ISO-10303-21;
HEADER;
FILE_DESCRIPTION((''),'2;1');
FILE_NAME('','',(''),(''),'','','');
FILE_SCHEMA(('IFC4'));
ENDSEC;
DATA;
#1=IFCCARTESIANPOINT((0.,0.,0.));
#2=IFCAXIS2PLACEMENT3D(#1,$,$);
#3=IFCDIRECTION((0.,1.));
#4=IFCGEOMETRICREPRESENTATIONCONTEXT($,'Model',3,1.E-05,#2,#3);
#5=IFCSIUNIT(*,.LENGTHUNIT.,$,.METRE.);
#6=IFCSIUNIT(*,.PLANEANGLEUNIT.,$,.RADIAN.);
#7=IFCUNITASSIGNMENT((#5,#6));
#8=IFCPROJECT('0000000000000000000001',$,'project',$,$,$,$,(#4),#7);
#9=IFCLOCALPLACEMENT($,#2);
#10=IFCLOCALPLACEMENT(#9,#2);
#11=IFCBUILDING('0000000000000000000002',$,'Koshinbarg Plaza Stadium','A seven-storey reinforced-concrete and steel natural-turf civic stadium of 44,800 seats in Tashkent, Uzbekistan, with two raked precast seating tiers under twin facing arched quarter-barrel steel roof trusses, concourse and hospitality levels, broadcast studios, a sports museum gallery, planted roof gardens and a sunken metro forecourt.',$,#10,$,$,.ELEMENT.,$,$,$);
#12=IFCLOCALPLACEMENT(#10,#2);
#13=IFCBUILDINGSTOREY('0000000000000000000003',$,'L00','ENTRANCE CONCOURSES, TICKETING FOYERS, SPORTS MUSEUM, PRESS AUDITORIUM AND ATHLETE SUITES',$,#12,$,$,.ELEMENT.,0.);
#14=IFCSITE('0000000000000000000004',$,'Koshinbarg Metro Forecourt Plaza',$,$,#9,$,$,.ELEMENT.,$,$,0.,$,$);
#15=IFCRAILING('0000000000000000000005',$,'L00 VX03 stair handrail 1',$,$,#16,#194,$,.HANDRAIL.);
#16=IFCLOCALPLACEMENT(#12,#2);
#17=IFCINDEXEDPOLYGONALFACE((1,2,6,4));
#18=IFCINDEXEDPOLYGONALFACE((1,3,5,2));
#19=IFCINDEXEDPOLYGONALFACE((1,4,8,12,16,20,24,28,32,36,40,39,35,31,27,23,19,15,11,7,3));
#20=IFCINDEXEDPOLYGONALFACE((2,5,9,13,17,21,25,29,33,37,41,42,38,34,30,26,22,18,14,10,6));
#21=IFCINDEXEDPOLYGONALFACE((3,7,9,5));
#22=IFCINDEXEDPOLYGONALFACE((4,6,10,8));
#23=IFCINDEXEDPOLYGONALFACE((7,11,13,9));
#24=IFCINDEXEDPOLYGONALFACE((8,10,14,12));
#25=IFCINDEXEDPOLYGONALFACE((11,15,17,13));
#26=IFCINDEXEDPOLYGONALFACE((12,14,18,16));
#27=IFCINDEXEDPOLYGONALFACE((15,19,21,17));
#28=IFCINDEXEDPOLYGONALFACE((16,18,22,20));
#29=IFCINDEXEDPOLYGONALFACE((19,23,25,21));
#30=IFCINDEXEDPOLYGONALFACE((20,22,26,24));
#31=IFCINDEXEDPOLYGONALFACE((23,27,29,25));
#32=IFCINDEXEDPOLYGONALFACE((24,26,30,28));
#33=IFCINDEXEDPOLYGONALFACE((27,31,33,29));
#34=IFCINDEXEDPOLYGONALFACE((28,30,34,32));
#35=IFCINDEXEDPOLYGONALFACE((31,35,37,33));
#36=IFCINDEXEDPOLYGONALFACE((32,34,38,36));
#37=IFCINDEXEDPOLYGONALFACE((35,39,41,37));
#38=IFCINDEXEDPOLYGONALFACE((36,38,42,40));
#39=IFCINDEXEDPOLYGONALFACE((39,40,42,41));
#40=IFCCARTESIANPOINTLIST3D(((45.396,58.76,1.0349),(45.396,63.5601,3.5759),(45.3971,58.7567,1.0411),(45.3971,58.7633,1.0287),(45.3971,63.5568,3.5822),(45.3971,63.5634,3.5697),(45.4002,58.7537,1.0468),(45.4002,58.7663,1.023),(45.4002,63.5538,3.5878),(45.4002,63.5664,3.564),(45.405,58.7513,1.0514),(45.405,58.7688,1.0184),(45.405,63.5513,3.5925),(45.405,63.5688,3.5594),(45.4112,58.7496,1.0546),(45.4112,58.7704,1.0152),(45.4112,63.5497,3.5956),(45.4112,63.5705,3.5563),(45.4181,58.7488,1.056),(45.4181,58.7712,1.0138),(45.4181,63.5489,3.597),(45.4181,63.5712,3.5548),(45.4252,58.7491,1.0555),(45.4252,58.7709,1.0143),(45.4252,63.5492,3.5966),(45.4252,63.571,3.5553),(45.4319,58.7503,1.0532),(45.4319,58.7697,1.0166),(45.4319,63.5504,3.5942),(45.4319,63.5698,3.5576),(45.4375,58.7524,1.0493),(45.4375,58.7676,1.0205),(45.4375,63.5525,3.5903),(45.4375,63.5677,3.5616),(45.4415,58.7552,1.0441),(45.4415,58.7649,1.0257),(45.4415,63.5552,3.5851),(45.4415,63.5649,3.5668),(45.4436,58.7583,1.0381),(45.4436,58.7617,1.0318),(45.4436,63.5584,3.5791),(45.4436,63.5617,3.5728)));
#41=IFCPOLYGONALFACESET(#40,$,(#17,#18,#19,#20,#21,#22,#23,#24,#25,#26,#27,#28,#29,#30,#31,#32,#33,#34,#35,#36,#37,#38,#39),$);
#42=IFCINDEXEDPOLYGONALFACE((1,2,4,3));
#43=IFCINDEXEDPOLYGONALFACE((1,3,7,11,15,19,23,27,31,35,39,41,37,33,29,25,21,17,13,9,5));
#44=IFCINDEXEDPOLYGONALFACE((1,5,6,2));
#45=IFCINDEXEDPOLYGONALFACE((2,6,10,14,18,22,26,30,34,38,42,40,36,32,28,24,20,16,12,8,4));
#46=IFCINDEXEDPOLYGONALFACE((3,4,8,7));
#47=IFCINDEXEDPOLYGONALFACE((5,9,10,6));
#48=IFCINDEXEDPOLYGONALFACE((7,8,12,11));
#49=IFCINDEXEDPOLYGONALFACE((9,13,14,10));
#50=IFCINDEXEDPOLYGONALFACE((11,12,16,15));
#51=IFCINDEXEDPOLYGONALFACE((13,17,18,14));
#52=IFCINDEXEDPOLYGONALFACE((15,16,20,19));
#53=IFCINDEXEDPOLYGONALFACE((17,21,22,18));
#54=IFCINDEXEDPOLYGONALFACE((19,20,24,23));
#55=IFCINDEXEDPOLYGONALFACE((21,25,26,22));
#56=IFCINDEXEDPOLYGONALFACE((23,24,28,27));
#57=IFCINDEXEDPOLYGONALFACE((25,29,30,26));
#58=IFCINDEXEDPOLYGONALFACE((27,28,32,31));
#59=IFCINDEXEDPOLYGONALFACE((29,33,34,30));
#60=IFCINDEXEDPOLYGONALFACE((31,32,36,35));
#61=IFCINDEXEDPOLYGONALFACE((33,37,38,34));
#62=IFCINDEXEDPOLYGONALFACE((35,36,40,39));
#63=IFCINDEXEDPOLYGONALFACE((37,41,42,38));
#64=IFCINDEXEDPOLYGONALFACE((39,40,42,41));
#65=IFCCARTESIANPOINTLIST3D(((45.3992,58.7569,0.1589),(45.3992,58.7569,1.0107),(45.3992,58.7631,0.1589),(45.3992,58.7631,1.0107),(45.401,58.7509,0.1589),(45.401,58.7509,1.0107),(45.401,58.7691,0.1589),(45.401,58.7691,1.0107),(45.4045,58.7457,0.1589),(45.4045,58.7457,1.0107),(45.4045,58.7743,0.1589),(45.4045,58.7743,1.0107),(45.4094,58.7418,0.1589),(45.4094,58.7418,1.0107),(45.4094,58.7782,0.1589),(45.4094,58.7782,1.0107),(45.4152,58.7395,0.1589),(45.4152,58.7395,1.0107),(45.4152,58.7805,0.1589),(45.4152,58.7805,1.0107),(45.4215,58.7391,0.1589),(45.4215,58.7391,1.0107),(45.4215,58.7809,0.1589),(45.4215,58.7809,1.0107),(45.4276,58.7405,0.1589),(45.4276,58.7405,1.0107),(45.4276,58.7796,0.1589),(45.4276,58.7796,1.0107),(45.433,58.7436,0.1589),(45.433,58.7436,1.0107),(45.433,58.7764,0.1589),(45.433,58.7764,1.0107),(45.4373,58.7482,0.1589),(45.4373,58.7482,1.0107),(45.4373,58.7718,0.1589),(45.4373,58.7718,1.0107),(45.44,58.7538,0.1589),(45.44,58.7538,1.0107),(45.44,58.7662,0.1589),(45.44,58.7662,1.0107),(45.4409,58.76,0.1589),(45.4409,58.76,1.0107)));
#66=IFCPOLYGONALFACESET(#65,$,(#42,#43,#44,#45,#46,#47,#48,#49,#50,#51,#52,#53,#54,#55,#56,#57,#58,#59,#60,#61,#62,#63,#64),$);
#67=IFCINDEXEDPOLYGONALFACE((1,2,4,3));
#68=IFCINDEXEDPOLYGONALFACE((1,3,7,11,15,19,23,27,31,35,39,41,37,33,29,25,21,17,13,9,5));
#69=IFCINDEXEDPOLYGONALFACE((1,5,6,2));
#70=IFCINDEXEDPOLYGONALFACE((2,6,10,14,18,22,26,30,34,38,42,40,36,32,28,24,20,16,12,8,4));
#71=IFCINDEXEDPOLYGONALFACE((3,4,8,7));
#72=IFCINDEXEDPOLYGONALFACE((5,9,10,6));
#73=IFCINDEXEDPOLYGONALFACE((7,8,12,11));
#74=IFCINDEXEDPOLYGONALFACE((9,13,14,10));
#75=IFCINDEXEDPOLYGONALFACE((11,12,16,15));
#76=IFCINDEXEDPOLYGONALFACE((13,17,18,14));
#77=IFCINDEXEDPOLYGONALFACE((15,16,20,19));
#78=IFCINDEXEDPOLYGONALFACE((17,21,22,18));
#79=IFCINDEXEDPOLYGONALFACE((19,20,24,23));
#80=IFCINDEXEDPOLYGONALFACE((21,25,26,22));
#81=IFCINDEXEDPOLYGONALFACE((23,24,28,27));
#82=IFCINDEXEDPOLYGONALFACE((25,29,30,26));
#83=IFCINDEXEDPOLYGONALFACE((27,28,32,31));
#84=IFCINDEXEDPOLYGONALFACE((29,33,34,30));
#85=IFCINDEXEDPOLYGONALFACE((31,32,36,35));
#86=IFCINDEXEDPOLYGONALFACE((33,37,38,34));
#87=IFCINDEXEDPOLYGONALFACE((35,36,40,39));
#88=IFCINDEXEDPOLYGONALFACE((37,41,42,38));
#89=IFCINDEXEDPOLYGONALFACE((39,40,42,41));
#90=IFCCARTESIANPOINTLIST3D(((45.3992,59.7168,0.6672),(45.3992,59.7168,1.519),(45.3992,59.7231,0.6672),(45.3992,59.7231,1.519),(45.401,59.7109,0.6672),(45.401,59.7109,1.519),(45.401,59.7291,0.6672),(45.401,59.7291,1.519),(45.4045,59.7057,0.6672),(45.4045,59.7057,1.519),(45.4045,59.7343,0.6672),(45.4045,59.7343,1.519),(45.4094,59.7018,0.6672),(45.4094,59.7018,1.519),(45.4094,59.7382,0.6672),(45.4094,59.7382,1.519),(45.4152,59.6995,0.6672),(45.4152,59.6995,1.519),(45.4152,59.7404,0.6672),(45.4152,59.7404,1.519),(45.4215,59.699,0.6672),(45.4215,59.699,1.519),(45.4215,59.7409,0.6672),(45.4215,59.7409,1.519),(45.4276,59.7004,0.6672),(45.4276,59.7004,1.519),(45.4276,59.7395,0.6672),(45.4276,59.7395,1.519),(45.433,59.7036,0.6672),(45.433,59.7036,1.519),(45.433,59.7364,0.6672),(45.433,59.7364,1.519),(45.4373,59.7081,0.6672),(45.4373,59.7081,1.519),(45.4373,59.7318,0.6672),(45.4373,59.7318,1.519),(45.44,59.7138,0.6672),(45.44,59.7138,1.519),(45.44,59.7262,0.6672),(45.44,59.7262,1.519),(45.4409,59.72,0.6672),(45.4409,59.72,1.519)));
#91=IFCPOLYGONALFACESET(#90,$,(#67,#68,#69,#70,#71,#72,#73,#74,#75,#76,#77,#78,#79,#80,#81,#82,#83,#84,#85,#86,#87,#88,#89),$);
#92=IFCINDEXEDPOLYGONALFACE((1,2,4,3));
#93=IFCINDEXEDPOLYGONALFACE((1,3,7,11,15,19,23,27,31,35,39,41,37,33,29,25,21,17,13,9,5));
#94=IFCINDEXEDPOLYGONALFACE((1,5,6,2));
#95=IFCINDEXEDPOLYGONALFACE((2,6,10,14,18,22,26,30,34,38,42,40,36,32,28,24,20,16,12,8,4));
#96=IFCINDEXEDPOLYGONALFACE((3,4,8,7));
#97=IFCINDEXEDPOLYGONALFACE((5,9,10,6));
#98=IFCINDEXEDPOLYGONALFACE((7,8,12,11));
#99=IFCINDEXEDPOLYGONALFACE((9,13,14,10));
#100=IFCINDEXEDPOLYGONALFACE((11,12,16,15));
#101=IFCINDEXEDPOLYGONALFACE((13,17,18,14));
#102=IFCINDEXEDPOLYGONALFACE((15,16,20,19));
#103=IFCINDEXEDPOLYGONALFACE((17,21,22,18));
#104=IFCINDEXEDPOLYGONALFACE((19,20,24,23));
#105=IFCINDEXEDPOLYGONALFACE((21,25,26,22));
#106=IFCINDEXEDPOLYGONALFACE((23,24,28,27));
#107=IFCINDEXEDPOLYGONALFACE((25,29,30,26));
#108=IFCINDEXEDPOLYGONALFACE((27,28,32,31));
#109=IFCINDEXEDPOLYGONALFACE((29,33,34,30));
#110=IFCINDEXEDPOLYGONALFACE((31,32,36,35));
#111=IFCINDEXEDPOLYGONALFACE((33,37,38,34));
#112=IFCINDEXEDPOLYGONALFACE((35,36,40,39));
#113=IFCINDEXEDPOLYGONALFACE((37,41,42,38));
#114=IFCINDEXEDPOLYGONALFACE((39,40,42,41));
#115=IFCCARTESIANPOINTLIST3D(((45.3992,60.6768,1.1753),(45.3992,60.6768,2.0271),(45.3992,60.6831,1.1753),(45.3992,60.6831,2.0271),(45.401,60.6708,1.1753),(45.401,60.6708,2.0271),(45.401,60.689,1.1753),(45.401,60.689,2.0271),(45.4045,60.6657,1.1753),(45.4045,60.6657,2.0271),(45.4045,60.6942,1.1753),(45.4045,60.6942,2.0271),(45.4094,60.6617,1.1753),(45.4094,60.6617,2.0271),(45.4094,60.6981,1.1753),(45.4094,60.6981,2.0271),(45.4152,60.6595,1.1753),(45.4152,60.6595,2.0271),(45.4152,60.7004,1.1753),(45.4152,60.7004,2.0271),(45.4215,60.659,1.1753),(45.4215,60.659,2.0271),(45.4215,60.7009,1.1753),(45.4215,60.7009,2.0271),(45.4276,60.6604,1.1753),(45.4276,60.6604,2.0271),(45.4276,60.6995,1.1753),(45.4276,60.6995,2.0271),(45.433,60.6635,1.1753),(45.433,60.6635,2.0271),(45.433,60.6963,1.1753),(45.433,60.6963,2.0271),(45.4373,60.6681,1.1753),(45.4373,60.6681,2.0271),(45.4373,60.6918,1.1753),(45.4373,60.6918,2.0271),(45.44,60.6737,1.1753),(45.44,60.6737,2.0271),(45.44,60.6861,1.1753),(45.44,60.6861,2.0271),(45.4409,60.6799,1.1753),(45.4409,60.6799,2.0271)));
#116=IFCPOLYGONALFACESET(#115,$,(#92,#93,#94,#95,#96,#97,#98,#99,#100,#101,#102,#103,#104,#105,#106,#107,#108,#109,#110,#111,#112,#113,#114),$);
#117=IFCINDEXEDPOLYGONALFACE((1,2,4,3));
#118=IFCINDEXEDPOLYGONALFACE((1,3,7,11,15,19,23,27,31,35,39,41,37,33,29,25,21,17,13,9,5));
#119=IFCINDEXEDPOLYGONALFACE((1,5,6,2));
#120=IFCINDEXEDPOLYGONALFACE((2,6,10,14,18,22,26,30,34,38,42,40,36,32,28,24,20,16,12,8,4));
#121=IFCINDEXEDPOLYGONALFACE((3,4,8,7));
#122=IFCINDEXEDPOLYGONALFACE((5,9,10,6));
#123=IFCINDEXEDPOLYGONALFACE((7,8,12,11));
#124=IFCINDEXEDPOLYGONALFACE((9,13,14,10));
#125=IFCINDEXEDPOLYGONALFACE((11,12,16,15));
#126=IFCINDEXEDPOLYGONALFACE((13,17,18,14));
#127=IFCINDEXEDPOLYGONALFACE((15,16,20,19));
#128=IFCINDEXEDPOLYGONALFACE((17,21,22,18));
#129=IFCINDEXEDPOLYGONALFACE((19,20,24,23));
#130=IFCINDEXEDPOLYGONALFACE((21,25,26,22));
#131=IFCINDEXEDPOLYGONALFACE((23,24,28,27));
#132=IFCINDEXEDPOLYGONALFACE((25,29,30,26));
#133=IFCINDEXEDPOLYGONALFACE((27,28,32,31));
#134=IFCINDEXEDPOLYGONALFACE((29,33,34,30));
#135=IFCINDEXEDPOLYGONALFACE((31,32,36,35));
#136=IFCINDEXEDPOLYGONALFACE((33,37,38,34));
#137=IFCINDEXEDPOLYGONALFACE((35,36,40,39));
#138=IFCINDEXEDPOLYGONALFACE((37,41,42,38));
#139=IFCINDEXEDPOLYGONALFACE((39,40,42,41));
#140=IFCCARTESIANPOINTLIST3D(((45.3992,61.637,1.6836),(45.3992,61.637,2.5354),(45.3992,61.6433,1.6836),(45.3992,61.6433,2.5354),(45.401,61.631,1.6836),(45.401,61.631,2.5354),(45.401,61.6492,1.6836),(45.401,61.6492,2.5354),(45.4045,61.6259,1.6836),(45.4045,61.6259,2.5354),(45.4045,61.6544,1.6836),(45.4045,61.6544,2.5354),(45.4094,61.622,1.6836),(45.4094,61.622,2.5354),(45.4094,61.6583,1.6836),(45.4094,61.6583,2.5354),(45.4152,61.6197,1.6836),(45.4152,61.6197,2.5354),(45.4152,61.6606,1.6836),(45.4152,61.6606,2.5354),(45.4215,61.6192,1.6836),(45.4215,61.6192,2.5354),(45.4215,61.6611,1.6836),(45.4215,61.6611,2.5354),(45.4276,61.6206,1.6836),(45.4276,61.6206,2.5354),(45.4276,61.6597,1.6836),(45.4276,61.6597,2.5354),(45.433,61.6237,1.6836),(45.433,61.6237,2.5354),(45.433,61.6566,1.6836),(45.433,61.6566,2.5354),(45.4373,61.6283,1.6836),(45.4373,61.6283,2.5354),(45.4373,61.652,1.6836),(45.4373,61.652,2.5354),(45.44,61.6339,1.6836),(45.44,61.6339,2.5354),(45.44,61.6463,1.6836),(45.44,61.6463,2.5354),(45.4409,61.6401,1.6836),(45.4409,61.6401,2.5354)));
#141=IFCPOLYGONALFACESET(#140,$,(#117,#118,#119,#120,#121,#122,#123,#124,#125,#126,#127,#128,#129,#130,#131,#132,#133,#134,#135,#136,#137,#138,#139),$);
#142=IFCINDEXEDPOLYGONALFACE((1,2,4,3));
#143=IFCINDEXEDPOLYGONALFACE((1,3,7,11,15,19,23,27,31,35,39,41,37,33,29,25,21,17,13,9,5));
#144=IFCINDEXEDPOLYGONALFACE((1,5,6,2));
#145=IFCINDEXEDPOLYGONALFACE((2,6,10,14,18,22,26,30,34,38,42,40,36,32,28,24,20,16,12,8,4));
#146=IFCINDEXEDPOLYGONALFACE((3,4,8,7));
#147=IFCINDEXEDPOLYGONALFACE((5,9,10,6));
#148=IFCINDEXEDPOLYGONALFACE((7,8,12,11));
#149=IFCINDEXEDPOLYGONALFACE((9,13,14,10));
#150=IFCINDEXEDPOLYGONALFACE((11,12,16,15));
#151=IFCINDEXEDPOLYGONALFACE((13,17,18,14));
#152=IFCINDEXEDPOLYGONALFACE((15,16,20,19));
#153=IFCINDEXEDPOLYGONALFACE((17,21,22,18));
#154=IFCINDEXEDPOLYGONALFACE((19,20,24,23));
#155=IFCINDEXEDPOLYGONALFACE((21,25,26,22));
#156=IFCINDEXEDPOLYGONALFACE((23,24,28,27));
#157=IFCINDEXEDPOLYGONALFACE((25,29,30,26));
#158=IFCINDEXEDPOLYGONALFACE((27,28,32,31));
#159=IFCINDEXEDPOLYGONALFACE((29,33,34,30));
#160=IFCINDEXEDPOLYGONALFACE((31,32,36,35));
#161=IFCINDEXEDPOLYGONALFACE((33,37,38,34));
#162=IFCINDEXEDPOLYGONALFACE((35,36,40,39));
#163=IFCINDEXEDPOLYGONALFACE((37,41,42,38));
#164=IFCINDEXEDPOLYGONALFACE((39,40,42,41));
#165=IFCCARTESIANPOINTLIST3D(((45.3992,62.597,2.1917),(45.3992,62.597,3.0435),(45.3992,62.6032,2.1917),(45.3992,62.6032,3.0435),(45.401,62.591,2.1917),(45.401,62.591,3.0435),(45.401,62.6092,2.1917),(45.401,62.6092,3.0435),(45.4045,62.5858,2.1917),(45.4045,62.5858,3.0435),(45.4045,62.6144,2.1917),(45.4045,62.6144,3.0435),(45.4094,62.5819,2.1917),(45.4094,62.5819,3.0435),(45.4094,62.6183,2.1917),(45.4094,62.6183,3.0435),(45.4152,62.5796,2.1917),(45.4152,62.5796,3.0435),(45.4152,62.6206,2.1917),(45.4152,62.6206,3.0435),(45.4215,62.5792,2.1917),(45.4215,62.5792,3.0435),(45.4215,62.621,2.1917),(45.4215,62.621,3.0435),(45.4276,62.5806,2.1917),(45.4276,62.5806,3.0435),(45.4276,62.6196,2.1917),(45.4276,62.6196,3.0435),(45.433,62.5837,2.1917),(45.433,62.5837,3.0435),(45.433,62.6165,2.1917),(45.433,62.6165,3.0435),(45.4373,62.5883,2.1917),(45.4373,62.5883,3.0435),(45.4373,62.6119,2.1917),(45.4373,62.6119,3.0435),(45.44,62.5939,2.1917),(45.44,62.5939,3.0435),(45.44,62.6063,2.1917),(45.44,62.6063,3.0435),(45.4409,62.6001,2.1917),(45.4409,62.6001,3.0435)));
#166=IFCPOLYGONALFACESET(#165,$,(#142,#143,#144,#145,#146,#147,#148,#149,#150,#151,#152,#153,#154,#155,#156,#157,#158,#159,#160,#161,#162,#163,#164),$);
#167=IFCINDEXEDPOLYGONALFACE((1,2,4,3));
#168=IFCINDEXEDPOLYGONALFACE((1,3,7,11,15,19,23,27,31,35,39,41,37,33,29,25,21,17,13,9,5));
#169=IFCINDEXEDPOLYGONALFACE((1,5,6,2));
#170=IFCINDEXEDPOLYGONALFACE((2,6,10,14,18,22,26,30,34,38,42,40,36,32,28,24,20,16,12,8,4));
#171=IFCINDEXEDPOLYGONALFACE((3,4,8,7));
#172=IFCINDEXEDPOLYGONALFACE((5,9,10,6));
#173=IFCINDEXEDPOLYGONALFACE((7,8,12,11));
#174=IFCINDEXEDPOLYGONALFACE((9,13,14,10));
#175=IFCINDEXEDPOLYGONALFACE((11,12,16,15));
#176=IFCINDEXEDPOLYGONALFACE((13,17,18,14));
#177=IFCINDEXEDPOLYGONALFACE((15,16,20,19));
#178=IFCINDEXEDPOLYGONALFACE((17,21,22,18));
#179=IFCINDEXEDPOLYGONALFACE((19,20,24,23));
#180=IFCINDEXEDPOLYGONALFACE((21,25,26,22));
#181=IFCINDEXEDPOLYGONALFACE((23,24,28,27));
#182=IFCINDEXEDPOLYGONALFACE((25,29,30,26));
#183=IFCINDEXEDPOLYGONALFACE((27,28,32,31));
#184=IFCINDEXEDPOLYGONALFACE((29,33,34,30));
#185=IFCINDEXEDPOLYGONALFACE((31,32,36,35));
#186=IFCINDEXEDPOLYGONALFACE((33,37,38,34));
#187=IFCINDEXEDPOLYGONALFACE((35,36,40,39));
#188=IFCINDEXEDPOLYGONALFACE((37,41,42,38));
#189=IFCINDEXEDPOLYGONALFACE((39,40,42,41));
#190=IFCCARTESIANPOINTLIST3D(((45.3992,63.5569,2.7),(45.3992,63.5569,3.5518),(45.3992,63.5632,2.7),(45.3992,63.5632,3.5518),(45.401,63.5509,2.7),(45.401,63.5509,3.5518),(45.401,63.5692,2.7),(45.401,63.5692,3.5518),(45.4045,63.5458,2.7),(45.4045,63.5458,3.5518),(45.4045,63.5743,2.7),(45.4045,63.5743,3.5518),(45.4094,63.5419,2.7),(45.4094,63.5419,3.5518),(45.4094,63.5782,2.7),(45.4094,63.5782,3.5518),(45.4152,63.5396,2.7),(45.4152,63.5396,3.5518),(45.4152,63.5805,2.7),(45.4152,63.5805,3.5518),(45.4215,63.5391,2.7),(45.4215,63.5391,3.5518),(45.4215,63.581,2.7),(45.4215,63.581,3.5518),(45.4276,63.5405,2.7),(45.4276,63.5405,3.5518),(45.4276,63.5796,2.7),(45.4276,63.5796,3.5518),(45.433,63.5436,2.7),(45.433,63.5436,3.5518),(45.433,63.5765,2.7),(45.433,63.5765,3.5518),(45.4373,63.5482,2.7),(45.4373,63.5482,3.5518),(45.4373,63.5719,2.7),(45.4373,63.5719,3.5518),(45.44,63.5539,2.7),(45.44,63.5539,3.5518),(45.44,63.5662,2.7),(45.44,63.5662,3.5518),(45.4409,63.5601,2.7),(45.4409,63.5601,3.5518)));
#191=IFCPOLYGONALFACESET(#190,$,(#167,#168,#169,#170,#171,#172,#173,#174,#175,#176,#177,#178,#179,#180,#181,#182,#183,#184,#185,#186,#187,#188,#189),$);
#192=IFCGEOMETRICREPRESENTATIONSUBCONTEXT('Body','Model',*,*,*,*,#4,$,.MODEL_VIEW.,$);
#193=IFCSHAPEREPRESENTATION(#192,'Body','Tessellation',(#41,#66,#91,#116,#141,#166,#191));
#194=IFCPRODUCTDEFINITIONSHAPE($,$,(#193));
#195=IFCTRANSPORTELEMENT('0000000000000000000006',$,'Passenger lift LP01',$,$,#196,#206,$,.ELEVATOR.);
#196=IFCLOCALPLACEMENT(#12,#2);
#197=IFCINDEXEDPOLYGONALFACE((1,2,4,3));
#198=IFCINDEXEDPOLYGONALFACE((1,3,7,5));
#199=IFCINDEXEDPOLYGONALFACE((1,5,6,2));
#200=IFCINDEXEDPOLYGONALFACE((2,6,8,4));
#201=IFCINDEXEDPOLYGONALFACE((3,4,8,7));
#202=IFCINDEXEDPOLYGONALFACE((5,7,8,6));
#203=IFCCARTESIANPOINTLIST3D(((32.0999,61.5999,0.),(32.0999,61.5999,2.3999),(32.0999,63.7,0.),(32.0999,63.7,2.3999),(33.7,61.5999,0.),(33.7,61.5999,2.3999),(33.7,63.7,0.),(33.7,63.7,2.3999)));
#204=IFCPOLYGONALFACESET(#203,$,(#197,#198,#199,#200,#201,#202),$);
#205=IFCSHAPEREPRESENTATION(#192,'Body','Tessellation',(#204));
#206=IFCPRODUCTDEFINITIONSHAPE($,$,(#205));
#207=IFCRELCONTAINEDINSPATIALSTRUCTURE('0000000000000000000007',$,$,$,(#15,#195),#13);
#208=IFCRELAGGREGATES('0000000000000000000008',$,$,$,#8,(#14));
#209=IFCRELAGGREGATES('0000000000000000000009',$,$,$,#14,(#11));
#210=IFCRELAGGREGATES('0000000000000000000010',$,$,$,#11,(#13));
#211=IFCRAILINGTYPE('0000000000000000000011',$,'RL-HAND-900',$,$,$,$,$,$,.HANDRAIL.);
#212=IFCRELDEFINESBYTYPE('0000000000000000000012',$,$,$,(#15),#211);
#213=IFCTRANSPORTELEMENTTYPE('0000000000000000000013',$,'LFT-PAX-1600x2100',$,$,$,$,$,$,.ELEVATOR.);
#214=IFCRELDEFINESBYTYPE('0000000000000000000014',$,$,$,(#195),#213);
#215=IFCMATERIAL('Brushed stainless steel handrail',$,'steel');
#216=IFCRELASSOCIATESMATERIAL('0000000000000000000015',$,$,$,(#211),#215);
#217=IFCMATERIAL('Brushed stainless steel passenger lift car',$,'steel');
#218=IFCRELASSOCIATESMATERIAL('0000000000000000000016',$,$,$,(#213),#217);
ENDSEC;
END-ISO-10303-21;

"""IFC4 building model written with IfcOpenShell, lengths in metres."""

from ifc_helpers import new_model, si_unit, direction, frame, origin, origin_2d, place, context, subcontext, project, spatial, rectangle, circle, extrude, material, type_object, element, save


model = new_model("IFC4")

# Units and contexts
model_context = context("Model", 3, precision=1e-05, world=origin(), true_north=direction((0.0, 1.0)))
body_context = subcontext(model_context, "Body", "Model", "MODEL_VIEW")
ifc_project = project(units=[si_unit("LENGTHUNIT", "METRE"), si_unit("PLANEANGLEUNIT", "RADIAN")], contexts=[model_context])

# Site, building, storey
site_placement = place(None, origin())
site = spatial("IfcSite", under=ifc_project, at=site_placement, Name="Koshinbarg Metro Forecourt Plaza", CompositionType="ELEMENT", RefElevation=0.0)
building_placement = place(site_placement, origin())
building = spatial("IfcBuilding", under=site, at=building_placement, Name="Koshinbarg Plaza Stadium", Description="A seven-storey reinforced-concrete and steel natural-turf civic stadium of 44,800 seats in Tashkent, Uzbekistan, with two raked precast seating tiers under twin facing arched quarter-barrel steel roof trusses, concourse and hospitality levels, broadcast studios, a sports museum gallery, planted roof gardens and a sunken metro forecourt.", CompositionType="ELEMENT")
storey_placement = place(building_placement, origin())
storey = spatial("IfcBuildingStorey", under=building, at=storey_placement, Name="L00", Description="ENTRANCE CONCOURSES, TICKETING FOYERS, SPORTS MUSEUM, PRESS AUDITORIUM AND ATHLETE SUITES", CompositionType="ELEMENT", Elevation=0.0)

# Railing
ifc_material_1 = material(Name="Brushed stainless steel handrail", Category="steel")
railing_type_1 = type_object("IfcRailingType", Name="RL-HAND-900", PredefinedType="HANDRAIL", material=ifc_material_1)
railing_1_placement = place(storey_placement, frame((45.4199, 58.76, 0.1589)))
element("IfcRailing", 1, at=railing_1_placement, inside=storey, type_object=railing_type_1, Name="L00 VX03 stair handrail 1", PredefinedType="HANDRAIL", context=body_context, shape_type="SweptSolid", body=[
    extrude(circle(Radius=0.0239, at=origin_2d()), frame((0.0, 0.0, 0.876), z_axis=(0.0, 0.883802, 0.467861), x_axis=(-1.0, 0.0, 0.0)), (0.0, 0.0, 1.0), 5.4312),
    extrude(circle(Radius=0.021, at=origin_2d()), origin(), (0.0, 0.0, 1.0), 0.8518),
    extrude(circle(Radius=0.021, at=origin_2d()), frame((0.0, 0.96, 0.5083)), (0.0, 0.0, 1.0), 0.8518),
    extrude(circle(Radius=0.021, at=origin_2d()), frame((0.0, 1.9199, 1.0164)), (0.0, 0.0, 1.0), 0.8518),
    extrude(circle(Radius=0.021, at=origin_2d()), frame((0.0, 2.8801, 1.5247)), (0.0, 0.0, 1.0), 0.8518),
    extrude(circle(Radius=0.021, at=origin_2d()), frame((0.0, 3.8401, 2.0327)), (0.0, 0.0, 1.0), 0.8518),
    extrude(circle(Radius=0.021, at=origin_2d()), frame((0.0, 4.8, 2.541)), (0.0, 0.0, 1.0), 0.8518),
])

# Transport element
ifc_material_2 = material(Name="Brushed stainless steel passenger lift car", Category="steel")
transport_element_type = type_object("IfcTransportElementType", Name="LFT-PAX-1600x2100", PredefinedType="ELEVATOR", material=ifc_material_2)
transport_element_placement = place(storey_placement, frame((32.8999, 62.6499, 0.0), z_axis=(0.0, 0.0, 1.0), x_axis=(1.0, 0.0, 0.0)))
element("IfcTransportElement", 2, at=transport_element_placement, inside=storey, type_object=transport_element_type, Name="Passenger lift LP01", PredefinedType="ELEVATOR", context=body_context, shape_type="SweptSolid", body=[
    extrude(rectangle(XDim=1.6001, YDim=2.1001, at=origin_2d()), origin(), (0.0, 0.0, 1.0), 2.3999),
])

save(model, "model.ifc")
